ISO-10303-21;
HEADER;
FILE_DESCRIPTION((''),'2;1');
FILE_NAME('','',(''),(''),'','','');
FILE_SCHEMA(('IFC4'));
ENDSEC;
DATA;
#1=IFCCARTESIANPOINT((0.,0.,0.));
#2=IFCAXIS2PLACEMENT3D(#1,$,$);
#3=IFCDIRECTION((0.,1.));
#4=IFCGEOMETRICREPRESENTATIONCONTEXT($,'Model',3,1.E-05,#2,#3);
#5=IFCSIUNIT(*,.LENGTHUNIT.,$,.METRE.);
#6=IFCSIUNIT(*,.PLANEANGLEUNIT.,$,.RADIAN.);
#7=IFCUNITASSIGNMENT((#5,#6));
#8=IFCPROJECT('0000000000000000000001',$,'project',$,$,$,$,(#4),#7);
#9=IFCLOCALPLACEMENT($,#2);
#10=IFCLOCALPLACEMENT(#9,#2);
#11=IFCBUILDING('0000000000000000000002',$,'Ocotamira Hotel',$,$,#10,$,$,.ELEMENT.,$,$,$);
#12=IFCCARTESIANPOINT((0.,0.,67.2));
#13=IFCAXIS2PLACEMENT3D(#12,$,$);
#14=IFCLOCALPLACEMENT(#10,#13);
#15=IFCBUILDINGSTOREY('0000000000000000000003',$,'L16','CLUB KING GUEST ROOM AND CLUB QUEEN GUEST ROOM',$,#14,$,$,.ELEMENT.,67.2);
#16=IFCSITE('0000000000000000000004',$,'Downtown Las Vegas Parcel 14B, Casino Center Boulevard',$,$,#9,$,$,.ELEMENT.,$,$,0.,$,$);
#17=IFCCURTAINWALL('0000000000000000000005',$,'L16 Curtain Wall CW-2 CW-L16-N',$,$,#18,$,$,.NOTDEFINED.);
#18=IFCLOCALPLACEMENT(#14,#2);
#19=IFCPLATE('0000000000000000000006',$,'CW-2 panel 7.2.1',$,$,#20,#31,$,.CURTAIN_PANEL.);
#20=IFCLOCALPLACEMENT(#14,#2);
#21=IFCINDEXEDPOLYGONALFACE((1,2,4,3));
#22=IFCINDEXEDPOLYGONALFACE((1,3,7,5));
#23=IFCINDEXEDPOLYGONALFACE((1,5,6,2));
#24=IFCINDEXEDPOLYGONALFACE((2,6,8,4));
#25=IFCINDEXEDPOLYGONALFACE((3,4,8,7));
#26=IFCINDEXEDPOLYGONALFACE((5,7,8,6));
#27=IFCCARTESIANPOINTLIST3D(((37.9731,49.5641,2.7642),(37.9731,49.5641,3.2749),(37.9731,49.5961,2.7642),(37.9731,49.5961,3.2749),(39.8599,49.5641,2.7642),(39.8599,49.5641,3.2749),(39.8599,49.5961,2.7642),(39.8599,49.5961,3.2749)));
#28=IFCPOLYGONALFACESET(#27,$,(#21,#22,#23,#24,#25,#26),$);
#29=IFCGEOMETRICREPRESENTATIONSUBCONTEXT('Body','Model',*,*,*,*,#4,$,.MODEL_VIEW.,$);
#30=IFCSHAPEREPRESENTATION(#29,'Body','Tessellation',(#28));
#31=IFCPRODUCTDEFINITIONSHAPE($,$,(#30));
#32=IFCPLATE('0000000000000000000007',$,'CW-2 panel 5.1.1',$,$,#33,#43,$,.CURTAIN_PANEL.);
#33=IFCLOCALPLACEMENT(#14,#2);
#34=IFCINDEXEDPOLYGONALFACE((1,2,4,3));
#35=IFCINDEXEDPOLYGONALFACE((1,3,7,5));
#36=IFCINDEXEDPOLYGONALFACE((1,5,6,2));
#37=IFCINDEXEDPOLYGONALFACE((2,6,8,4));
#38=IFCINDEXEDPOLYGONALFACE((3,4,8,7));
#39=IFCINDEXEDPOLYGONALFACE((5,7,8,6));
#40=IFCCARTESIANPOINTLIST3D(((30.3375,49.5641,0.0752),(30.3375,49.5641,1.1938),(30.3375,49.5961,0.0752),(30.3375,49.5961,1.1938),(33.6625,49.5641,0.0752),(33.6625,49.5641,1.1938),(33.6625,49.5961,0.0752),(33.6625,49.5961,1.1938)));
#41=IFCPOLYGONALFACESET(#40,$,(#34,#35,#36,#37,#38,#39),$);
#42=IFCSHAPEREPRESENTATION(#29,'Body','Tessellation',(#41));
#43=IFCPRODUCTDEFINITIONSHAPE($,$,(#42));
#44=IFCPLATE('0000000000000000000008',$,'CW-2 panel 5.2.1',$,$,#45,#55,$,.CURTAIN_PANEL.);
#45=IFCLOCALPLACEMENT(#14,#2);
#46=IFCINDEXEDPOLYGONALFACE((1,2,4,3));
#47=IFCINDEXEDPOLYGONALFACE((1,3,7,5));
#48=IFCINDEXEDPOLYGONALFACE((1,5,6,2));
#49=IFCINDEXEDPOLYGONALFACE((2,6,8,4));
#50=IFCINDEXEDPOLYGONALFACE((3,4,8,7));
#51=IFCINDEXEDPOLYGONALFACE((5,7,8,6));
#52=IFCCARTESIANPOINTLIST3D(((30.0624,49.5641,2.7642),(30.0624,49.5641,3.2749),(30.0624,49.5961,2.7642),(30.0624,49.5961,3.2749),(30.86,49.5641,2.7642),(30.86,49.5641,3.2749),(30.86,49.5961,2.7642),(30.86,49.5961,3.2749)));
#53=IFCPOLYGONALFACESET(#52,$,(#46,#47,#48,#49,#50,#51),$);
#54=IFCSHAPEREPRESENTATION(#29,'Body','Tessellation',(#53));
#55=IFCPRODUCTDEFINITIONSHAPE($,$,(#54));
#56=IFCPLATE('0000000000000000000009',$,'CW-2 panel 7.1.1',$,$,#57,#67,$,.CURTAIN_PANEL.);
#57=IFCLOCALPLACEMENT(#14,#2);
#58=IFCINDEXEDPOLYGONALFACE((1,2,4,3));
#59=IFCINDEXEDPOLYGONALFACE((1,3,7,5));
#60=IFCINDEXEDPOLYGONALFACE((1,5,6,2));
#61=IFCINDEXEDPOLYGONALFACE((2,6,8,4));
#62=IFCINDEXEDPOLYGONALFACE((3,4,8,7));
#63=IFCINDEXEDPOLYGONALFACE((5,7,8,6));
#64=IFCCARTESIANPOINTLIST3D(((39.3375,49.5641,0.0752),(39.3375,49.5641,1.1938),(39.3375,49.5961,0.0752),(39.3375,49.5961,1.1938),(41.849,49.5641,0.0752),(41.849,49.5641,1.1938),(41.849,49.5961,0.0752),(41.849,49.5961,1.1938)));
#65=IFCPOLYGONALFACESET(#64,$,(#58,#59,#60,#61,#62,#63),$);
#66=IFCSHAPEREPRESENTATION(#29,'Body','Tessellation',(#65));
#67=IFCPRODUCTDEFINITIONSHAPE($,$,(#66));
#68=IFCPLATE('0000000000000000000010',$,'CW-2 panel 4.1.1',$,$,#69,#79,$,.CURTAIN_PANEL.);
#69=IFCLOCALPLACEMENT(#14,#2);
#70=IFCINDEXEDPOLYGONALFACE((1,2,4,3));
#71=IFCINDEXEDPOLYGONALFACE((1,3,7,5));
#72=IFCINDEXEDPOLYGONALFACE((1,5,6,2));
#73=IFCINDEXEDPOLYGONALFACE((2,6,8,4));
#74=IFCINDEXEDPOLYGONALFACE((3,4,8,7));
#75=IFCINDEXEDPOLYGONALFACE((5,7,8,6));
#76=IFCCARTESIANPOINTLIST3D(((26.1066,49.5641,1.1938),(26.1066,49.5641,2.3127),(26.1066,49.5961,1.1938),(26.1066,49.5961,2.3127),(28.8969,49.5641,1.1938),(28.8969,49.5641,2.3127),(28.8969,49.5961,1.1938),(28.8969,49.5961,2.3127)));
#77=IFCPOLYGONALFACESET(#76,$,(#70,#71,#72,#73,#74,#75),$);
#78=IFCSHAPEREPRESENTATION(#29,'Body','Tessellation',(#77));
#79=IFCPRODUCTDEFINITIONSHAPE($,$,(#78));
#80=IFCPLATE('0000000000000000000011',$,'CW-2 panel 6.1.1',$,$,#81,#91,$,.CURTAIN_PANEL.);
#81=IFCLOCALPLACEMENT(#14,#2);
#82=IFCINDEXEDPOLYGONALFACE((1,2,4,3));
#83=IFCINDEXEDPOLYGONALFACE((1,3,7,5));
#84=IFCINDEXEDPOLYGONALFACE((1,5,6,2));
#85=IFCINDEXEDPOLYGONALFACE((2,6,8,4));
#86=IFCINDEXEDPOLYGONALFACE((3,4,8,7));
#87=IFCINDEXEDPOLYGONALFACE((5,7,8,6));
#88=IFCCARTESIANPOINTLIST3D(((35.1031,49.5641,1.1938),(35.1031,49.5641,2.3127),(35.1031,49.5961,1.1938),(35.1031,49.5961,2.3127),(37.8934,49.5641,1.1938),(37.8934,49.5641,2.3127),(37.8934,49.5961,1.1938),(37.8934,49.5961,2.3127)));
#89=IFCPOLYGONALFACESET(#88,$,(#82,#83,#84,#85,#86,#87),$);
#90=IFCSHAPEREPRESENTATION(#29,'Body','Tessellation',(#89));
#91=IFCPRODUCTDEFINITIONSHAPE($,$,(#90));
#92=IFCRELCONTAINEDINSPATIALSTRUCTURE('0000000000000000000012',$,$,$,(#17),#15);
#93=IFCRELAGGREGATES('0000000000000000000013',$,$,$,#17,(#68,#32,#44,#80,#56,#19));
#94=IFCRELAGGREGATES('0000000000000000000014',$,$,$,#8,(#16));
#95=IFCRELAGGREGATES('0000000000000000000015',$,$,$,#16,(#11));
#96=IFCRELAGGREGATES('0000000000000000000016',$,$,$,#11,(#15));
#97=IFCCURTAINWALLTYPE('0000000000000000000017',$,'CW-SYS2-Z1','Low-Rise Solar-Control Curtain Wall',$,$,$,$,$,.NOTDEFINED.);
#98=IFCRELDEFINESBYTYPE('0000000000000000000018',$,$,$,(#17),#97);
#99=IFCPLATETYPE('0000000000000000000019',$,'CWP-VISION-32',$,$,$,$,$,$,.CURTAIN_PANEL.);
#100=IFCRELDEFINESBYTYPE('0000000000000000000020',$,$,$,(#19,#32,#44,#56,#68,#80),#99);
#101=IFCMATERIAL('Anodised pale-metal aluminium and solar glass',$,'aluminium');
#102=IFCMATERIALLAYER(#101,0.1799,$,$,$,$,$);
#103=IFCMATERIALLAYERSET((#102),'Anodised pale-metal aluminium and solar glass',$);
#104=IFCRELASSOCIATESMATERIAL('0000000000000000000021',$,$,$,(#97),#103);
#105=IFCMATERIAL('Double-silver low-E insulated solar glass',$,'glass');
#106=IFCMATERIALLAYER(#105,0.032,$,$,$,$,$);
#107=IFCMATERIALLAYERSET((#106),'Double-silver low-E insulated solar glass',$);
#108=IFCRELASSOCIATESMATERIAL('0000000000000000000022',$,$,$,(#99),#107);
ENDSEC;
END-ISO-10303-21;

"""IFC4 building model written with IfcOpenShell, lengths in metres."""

from ifc_helpers import new_model, si_unit, direction, frame, origin, origin_2d, place, context, subcontext, project, spatial, rectangle, extrude, source, transform, mapped, material, layer, layer_set, type_object, element, aggregate, save


model = new_model("IFC4")

# Units and contexts
model_context = context("Model", 3, precision=1e-05, world=origin(), true_north=direction((0.0, 1.0)))
body_context = subcontext(model_context, "Body", "Model", "MODEL_VIEW")
ifc_project = project(units=[si_unit("LENGTHUNIT", "METRE"), si_unit("PLANEANGLEUNIT", "RADIAN")], contexts=[model_context])

# Site, building, storey
site_placement = place(None, origin())
site = spatial("IfcSite", under=ifc_project, at=site_placement, Name="Downtown Las Vegas Parcel 14B, Casino Center Boulevard", CompositionType="ELEMENT", RefElevation=0.0)
building_placement = place(site_placement, origin())
building = spatial("IfcBuilding", under=site, at=building_placement, Name="Ocotamira Hotel", CompositionType="ELEMENT")
storey_placement = place(building_placement, frame((0.0, 0.0, 67.2)))
storey = spatial("IfcBuildingStorey", under=building, at=storey_placement, Name="L16", Description="CLUB KING GUEST ROOM AND CLUB QUEEN GUEST ROOM", CompositionType="ELEMENT", Elevation=67.2)

# Curtain wall
ifc_material_1 = material(Name="Anodised pale-metal aluminium and solar glass", Category="aluminium")
ifc_layer_1 = layer(ifc_material_1, 0.1799)
ifc_layer_set_1 = layer_set([ifc_layer_1], Name="Anodised pale-metal aluminium and solar glass")
curtain_wall_type = type_object("IfcCurtainWallType", Name="CW-SYS2-Z1", Description="Low-Rise Solar-Control Curtain Wall", PredefinedType="NOTDEFINED", material=ifc_layer_set_1)
curtain_wall_placement = place(storey_placement, origin())
curtain_wall = element("IfcCurtainWall", 1, at=curtain_wall_placement, inside=storey, type_object=curtain_wall_type, Name="L16 Curtain Wall CW-2 CW-L16-N", PredefinedType="NOTDEFINED")

# Plates
ifc_material_2 = material(Name="Double-silver low-E insulated solar glass", Category="glass")
ifc_layer_2 = layer(ifc_material_2, 0.032)
ifc_layer_set_2 = layer_set([ifc_layer_2], Name="Double-silver low-E insulated solar glass")
plate_type_1 = type_object("IfcPlateType", Name="CWP-VISION-32", PredefinedType="CURTAIN_PANEL", material=ifc_layer_set_2)
shared_shape_1 = source(origin(), body_context, "Body", "SweptSolid", [
    extrude(rectangle(XDim=1.8867, YDim=0.032, at=origin_2d()), origin(), (0.0, 0.0, 1.0), 0.5107),
])
plate_1_placement = place(storey_placement, frame((38.9165, 49.5801, 2.7642), z_axis=(0.0, 0.0, 1.0), x_axis=(1.0, 0.0, 0.0)))
plate_1 = element("IfcPlate", 2, at=plate_1_placement, type_object=plate_type_1, Name="CW-2 panel 7.2.1", PredefinedType="CURTAIN_PANEL", context=body_context, shape_type="MappedRepresentation", body=[
    mapped(shared_shape_1, transform((0.0, 0.0, 0.0), scale=1.0)),
])
shared_shape_2 = source(origin(), body_context, "Body", "SweptSolid", [
    extrude(rectangle(XDim=3.325, YDim=0.032, at=origin_2d()), origin(), (0.0, 0.0, 1.0), 1.1187),
])
plate_2_placement = place(storey_placement, frame((32.0, 49.5801, 0.0752), z_axis=(0.0, 0.0, 1.0), x_axis=(1.0, 0.0, 0.0)))
plate_2 = element("IfcPlate", 3, at=plate_2_placement, type_object=plate_type_1, Name="CW-2 panel 5.1.1", PredefinedType="CURTAIN_PANEL", context=body_context, shape_type="MappedRepresentation", body=[
    mapped(shared_shape_2, transform((0.0, 0.0, 0.0), scale=1.0)),
])
shared_shape_3 = source(origin(), body_context, "Body", "SweptSolid", [
    extrude(rectangle(XDim=0.7976, YDim=0.032, at=origin_2d()), origin(), (0.0, 0.0, 1.0), 0.5107),
])
plate_3_placement = place(storey_placement, frame((30.4612, 49.5801, 2.7642), z_axis=(0.0, 0.0, 1.0), x_axis=(1.0, 0.0, 0.0)))
plate_3 = element("IfcPlate", 4, at=plate_3_placement, type_object=plate_type_1, Name="CW-2 panel 5.2.1", PredefinedType="CURTAIN_PANEL", context=body_context, shape_type="MappedRepresentation", body=[
    mapped(shared_shape_3, transform((0.0, 0.0, 0.0), scale=1.0)),
])
shared_shape_4 = source(origin(), body_context, "Body", "SweptSolid", [
    extrude(rectangle(XDim=2.5115, YDim=0.032, at=origin_2d()), origin(), (0.0, 0.0, 1.0), 1.1187),
])
plate_4_placement = place(storey_placement, frame((40.5933, 49.5801, 0.0752), z_axis=(0.0, 0.0, 1.0), x_axis=(1.0, 0.0, 0.0)))
plate_4 = element("IfcPlate", 5, at=plate_4_placement, type_object=plate_type_1, Name="CW-2 panel 7.1.1", PredefinedType="CURTAIN_PANEL", context=body_context, shape_type="MappedRepresentation", body=[
    mapped(shared_shape_4, transform((0.0, 0.0, 0.0), scale=1.0)),
])
shared_shape_5 = source(origin(), body_context, "Body", "SweptSolid", [
    extrude(rectangle(XDim=2.7903, YDim=0.032, at=origin_2d()), origin(), (0.0, 0.0, 1.0), 1.1189),
])
plate_5_placement = place(storey_placement, frame((27.5017, 49.5801, 1.1938), z_axis=(0.0, 0.0, 1.0), x_axis=(1.0, 0.0, 0.0)))
plate_5 = element("IfcPlate", 6, at=plate_5_placement, type_object=plate_type_1, Name="CW-2 panel 4.1.1", PredefinedType="CURTAIN_PANEL", context=body_context, shape_type="MappedRepresentation", body=[
    mapped(shared_shape_5, transform((0.0, 0.0, 0.0), scale=1.0)),
])
plate_6_placement = place(storey_placement, frame((36.4983, 49.5801, 1.1938), z_axis=(0.0, 0.0, 1.0), x_axis=(1.0, 0.0, 0.0)))
plate_6 = element("IfcPlate", 7, at=plate_6_placement, type_object=plate_type_1, Name="CW-2 panel 6.1.1", PredefinedType="CURTAIN_PANEL", context=body_context, shape_type="MappedRepresentation", body=[
    mapped(shared_shape_5, transform((0.0, 0.0, 0.0), scale=1.0)),
])
aggregate(curtain_wall, [plate_5, plate_2, plate_3, plate_6, plate_4, plate_1])

save(model, "model.ifc")
